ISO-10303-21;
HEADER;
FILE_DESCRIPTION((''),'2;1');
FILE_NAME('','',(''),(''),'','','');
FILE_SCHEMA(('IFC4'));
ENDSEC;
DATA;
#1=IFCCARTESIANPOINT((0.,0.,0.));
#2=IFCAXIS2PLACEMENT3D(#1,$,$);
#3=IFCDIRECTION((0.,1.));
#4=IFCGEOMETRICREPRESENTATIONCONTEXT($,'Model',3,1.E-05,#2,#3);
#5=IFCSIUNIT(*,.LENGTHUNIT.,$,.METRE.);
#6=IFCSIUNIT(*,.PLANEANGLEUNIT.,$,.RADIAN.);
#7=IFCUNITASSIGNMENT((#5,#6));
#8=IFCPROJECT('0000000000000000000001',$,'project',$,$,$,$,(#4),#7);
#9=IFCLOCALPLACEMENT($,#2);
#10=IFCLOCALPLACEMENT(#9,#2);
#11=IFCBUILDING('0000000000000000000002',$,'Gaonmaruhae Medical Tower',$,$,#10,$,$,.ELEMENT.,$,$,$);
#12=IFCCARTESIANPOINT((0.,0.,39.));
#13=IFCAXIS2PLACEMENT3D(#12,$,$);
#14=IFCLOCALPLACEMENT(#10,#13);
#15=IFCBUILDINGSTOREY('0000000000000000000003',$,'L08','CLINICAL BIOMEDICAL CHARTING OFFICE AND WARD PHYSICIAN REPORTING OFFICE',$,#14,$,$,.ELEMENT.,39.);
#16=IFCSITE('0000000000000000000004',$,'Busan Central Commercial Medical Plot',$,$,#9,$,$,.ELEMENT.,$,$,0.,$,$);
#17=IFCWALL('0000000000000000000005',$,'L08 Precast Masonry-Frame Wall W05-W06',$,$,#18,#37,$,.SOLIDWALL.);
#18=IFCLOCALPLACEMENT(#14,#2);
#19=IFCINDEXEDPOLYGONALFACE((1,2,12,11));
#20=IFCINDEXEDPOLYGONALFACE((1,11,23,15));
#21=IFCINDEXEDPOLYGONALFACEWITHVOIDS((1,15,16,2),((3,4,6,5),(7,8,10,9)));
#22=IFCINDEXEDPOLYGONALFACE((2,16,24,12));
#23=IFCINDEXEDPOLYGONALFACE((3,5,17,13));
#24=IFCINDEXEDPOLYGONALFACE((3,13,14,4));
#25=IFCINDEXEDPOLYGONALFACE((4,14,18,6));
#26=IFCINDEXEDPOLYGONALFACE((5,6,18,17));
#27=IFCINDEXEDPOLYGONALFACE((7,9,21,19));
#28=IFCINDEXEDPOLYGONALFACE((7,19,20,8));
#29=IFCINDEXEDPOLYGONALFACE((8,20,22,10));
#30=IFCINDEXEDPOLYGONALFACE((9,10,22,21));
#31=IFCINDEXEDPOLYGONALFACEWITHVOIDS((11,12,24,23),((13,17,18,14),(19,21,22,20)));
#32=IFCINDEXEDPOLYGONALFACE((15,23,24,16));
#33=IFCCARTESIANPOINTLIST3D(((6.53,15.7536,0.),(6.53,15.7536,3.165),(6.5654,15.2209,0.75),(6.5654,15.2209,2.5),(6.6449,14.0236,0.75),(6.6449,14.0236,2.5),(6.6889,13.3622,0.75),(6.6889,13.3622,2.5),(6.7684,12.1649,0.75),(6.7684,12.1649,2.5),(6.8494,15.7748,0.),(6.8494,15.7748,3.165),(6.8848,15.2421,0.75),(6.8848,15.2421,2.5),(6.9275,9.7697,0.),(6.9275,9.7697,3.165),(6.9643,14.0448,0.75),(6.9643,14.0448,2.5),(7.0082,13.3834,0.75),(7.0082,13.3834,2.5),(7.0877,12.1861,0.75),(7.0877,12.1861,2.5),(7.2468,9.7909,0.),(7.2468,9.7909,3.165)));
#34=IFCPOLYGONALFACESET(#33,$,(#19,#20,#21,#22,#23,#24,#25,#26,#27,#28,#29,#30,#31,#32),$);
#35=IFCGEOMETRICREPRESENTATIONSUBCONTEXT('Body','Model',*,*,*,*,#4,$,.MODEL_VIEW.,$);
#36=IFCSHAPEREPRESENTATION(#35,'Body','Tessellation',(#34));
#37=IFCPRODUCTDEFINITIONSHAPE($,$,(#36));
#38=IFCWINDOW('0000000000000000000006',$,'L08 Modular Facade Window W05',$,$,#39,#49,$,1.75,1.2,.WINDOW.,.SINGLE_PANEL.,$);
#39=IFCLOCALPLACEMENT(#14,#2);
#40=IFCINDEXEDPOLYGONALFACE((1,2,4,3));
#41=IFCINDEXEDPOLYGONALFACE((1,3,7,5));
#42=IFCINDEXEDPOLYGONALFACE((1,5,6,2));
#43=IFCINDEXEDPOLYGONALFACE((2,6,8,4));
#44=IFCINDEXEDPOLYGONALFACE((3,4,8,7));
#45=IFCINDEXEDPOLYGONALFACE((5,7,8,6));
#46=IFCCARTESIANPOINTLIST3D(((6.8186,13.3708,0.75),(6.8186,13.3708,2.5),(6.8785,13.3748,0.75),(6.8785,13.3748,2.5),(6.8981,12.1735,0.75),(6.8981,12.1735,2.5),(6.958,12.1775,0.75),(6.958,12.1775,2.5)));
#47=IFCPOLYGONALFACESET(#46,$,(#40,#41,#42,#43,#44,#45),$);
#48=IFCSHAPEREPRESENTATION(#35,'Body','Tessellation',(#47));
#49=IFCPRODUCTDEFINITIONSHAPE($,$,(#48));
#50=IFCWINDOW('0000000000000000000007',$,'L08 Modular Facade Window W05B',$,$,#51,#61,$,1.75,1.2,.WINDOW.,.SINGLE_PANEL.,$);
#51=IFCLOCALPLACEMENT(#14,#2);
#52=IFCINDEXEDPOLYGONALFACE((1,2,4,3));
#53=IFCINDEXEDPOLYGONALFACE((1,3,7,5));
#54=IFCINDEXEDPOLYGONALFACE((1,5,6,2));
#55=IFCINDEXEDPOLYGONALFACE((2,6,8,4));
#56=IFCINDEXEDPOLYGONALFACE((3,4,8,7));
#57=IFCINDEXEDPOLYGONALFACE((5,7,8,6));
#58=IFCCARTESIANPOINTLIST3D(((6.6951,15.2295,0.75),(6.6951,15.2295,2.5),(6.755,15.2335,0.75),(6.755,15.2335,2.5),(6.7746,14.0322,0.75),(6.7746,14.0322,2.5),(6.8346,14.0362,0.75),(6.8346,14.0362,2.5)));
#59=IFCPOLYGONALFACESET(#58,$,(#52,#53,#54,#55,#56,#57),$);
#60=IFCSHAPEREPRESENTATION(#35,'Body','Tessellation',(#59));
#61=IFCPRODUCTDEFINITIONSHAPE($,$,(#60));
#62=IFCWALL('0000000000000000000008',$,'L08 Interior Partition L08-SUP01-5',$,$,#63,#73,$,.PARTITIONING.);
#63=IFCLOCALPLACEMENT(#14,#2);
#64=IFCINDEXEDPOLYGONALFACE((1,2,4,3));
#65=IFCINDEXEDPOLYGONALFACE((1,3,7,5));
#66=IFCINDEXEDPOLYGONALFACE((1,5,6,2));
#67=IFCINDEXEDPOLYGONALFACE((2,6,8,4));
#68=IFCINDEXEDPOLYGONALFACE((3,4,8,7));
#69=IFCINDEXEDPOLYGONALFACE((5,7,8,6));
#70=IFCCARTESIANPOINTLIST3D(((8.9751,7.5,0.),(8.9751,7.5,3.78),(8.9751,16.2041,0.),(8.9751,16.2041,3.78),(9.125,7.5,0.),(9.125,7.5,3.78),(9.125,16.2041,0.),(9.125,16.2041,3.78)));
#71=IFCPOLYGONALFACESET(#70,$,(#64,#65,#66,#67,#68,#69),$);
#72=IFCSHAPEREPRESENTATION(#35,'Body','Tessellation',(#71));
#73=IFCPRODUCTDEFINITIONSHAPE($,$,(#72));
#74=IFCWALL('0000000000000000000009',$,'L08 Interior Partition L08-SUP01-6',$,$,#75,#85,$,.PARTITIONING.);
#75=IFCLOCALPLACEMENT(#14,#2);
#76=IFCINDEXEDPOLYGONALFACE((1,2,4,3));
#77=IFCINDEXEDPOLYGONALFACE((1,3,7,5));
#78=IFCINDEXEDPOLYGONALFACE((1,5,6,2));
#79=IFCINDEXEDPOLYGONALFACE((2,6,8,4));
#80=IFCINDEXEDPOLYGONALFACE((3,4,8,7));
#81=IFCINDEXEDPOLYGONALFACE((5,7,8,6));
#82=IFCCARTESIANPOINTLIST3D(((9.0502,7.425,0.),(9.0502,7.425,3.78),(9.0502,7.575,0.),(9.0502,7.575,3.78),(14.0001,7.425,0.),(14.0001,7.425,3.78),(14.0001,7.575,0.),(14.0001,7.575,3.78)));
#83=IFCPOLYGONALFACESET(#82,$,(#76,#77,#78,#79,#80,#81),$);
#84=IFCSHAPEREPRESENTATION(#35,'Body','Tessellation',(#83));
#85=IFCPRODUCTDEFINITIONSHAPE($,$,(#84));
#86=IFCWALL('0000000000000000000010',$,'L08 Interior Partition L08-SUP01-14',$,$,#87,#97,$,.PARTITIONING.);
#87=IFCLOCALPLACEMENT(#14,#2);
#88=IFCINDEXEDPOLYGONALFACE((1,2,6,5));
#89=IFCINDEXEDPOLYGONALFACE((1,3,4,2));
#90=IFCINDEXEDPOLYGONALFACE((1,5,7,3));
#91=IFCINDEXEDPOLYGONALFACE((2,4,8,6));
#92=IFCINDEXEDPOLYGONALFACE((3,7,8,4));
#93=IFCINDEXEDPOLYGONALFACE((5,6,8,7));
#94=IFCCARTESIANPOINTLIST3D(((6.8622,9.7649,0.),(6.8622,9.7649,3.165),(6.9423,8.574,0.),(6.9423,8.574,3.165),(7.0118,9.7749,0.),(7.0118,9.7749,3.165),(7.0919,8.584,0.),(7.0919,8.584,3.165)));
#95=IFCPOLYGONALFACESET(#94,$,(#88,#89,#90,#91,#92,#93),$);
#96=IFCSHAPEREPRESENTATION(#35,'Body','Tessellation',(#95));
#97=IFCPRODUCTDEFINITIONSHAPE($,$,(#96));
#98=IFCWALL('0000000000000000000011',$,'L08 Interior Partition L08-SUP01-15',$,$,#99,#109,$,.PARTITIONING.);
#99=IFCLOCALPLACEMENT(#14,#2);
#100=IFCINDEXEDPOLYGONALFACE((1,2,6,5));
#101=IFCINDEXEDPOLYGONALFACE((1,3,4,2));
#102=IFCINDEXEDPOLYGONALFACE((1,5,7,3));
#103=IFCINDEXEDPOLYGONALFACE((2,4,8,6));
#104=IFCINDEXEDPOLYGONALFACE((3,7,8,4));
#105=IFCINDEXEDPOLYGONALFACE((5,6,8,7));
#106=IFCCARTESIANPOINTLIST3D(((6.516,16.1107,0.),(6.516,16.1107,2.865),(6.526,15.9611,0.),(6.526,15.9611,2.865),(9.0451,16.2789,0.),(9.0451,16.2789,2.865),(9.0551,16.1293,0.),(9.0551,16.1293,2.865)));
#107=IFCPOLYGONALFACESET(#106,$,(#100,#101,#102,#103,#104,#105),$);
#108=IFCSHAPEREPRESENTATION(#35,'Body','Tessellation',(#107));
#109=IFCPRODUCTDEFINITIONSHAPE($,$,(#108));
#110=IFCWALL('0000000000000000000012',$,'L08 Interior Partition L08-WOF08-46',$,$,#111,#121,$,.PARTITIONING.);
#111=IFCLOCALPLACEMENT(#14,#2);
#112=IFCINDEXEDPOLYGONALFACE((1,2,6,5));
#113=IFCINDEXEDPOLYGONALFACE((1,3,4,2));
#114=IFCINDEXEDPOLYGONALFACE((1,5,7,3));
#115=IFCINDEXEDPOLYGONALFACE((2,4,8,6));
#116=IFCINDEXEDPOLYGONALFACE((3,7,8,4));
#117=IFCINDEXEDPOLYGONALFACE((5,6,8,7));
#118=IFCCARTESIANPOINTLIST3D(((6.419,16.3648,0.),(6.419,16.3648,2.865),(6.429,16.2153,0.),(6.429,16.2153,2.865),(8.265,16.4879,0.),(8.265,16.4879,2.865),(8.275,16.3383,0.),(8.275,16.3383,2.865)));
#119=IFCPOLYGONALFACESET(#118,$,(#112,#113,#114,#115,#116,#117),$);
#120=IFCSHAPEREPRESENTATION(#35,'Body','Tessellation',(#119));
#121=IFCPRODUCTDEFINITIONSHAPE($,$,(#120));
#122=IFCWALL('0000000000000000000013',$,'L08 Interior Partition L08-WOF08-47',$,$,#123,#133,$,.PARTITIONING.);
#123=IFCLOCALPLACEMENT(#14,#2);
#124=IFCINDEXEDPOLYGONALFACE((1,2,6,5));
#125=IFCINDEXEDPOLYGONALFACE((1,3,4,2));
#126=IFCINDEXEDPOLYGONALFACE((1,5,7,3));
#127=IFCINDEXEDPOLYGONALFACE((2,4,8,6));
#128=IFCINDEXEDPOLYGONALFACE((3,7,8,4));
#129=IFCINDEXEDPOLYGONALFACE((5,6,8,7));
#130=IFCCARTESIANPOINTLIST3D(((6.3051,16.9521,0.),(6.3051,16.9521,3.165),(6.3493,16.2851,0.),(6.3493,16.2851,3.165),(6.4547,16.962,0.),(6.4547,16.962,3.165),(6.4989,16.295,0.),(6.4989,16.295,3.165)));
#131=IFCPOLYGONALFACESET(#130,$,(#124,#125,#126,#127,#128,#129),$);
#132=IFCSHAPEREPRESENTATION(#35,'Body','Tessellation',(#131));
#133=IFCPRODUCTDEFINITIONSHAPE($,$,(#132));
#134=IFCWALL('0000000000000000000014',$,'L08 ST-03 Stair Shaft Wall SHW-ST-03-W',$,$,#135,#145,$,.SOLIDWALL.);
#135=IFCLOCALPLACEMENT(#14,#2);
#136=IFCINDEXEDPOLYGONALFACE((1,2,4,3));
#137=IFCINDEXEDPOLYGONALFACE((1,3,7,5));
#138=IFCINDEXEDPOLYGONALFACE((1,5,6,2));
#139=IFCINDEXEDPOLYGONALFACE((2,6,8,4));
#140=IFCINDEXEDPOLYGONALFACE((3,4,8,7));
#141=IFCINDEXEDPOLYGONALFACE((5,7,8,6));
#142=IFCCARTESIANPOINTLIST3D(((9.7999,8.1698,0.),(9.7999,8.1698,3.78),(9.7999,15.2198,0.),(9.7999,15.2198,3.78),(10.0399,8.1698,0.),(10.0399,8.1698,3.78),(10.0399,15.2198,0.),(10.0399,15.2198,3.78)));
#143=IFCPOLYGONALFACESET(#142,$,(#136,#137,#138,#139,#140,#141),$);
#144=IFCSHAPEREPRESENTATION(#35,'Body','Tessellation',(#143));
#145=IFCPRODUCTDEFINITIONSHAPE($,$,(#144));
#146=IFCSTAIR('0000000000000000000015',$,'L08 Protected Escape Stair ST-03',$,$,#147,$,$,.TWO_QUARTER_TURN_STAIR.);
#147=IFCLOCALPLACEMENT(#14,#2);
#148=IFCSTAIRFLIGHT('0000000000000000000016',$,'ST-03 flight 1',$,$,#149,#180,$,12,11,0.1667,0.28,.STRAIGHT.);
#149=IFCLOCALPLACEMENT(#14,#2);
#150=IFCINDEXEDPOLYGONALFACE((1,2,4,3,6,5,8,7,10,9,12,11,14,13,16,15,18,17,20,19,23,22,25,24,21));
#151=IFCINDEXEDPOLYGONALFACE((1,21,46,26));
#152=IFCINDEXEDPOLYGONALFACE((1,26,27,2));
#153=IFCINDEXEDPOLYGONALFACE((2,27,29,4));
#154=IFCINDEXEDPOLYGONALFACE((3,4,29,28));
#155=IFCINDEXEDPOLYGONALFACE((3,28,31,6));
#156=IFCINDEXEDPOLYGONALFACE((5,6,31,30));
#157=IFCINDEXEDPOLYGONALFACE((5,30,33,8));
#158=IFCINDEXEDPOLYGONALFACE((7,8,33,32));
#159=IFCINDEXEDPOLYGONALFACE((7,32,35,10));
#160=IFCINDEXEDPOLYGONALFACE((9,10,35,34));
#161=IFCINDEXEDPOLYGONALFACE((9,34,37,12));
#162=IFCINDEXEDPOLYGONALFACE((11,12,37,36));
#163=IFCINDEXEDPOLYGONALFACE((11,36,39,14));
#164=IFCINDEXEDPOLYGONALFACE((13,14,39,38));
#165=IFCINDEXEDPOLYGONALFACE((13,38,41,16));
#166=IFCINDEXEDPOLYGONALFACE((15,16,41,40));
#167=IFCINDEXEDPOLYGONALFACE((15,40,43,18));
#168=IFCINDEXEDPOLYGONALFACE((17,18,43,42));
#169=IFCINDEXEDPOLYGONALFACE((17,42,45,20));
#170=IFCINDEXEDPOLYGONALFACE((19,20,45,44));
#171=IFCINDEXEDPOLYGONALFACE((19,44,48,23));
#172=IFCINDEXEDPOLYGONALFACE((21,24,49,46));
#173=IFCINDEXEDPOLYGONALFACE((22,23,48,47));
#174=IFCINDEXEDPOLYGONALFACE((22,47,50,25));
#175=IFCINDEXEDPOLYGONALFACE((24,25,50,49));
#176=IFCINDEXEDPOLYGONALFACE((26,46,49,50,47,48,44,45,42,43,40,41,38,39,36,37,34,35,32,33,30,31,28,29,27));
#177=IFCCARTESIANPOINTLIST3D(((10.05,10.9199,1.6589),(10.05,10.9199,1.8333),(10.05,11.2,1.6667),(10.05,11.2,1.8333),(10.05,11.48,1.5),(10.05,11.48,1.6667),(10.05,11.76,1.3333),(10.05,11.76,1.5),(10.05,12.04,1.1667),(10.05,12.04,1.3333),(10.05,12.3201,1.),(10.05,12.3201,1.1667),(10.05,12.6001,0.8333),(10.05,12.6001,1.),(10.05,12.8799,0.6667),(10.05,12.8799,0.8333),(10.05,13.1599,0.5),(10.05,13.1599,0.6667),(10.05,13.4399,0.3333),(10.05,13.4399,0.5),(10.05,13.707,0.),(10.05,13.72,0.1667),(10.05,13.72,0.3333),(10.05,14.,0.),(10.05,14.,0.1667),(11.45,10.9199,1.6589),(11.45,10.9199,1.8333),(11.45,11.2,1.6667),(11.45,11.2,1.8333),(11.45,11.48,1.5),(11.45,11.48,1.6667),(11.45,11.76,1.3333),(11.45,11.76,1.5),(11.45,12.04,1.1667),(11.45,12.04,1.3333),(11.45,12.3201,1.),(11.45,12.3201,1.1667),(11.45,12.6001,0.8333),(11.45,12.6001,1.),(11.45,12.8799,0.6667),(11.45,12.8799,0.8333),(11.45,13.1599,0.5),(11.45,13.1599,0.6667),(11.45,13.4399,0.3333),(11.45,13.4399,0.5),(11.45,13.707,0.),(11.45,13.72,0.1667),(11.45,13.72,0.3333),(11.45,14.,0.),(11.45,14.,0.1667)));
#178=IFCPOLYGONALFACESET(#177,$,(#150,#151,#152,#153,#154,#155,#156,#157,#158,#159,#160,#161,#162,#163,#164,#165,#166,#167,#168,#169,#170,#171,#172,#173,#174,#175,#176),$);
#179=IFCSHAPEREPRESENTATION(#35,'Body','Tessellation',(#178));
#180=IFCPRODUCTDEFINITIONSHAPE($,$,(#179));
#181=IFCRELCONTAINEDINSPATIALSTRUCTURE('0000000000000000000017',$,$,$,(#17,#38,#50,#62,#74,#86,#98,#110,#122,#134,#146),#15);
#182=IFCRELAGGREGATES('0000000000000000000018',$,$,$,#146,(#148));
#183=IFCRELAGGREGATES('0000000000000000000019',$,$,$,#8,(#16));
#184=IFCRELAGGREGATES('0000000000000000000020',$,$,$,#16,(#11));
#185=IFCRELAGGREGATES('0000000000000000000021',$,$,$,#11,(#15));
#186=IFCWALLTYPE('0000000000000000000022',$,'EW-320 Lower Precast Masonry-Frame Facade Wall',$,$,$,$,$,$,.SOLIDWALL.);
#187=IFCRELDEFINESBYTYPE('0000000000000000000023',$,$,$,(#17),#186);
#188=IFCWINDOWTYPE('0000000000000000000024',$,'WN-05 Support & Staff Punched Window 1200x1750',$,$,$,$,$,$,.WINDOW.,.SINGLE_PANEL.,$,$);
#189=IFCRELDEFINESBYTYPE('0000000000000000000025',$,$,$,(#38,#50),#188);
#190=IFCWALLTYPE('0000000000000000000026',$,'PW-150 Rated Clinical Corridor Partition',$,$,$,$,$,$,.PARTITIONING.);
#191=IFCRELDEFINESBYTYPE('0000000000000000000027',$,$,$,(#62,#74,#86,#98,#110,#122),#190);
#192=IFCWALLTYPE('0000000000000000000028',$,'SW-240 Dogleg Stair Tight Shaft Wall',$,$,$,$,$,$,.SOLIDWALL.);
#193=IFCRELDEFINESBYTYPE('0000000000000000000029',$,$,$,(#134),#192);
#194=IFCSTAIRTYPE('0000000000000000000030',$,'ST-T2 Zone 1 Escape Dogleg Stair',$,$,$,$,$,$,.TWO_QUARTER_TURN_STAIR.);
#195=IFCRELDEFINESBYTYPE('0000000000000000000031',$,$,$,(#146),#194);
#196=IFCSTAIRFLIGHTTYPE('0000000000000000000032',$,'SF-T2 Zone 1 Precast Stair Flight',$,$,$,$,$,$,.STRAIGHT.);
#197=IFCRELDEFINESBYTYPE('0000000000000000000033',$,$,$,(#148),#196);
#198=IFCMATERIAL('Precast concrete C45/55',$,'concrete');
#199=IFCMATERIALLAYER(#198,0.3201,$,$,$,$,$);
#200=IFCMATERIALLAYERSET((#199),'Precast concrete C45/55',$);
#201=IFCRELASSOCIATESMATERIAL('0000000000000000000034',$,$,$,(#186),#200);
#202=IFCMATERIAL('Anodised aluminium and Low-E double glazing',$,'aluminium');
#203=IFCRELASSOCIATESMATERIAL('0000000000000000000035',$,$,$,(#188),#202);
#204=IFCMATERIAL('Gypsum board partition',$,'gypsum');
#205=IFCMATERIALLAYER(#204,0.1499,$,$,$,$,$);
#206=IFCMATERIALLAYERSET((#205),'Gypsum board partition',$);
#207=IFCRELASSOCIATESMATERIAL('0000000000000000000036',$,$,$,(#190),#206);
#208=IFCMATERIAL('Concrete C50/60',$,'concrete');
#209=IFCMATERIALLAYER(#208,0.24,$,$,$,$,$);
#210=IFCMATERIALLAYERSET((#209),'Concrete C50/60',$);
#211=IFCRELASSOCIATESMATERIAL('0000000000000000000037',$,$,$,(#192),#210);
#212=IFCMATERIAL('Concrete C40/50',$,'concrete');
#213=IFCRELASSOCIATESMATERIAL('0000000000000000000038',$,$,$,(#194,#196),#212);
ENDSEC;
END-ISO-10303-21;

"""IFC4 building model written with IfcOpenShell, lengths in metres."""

from ifc_helpers import new_model, si_unit, direction, frame, frame_2d, origin, place, context, subcontext, project, spatial, polyline, rectangle, outline, extrude, material, layer, layer_set, type_object, element, fill, aggregate, save


model = new_model("IFC4")

# Units and contexts
model_context = context("Model", 3, precision=1e-05, world=origin(), true_north=direction((0.0, 1.0)))
body_context = subcontext(model_context, "Body", "Model", "MODEL_VIEW")
ifc_project = project(units=[si_unit("LENGTHUNIT", "METRE"), si_unit("PLANEANGLEUNIT", "RADIAN")], contexts=[model_context])

# Site, building, storey
site_placement = place(None, origin())
site = spatial("IfcSite", under=ifc_project, at=site_placement, Name="Busan Central Commercial Medical Plot", CompositionType="ELEMENT", RefElevation=0.0)
building_placement = place(site_placement, origin())
building = spatial("IfcBuilding", under=site, at=building_placement, Name="Gaonmaruhae Medical Tower", CompositionType="ELEMENT")
storey_placement = place(building_placement, frame((0.0, 0.0, 39.0)))
storey = spatial("IfcBuildingStorey", under=building, at=storey_placement, Name="L08", Description="CLINICAL BIOMEDICAL CHARTING OFFICE AND WARD PHYSICIAN REPORTING OFFICE", CompositionType="ELEMENT", Elevation=39.0)

# Wall, openings, windows
ifc_material_1 = material(Name="Precast concrete C45/55", Category="concrete")
ifc_layer_1 = layer(ifc_material_1, 0.3201)
ifc_layer_set_1 = layer_set([ifc_layer_1], Name="Precast concrete C45/55")
wall_type_1 = type_object("IfcWallType", Name="EW-320 Lower Precast Masonry-Frame Facade Wall", PredefinedType="SOLIDWALL", material=ifc_layer_set_1)
wall_1_placement = place(storey_placement, frame((7.0872, 9.7803, 0.0), z_axis=(0.0, 0.0, 1.0), x_axis=(-0.066276, 0.997801, 0.0)))
wall_1 = element("IfcWall", 1, at=wall_1_placement, inside=storey, type_object=wall_type_1, Name="L08 Precast Masonry-Frame Wall W05-W06", PredefinedType="SOLIDWALL", context=body_context, shape_type="SweptSolid", body=[
    extrude(rectangle(XDim=5.9971, YDim=0.3201, at=frame_2d((2.9985, 0.0))), origin(), (0.0, 0.0, 1.0), 3.165),
])
opening_1_placement = place(wall_1_placement, frame((2.4004, 0.0, 0.75)))
opening_1 = element("IfcOpeningElement", 2, at=opening_1_placement, cuts=wall_1, PredefinedType="OPENING", context=body_context, shape_type="SweptSolid", body=[
    extrude(rectangle(XDim=1.2, YDim=1.75, at=frame_2d((0.6001, 0.875))), frame((0.0, 0.1699, 0.0), z_axis=(0.0, -1.0, 0.0), x_axis=(1.0, 0.0, 0.0)), (0.0, 0.0, 1.0), 0.3401),
])
opening_2_placement = place(wall_1_placement, frame((4.2632, 0.0, 0.75)))
opening_2 = element("IfcOpeningElement", 3, at=opening_2_placement, cuts=wall_1, PredefinedType="OPENING", context=body_context, shape_type="SweptSolid", body=[
    extrude(rectangle(XDim=1.2, YDim=1.75, at=frame_2d((0.6001, 0.875))), frame((0.0, 0.1699, 0.0), z_axis=(0.0, -1.0, 0.0), x_axis=(1.0, 0.0, 0.0)), (0.0, 0.0, 1.0), 0.3401),
])
ifc_material_2 = material(Name="Anodised aluminium and Low-E double glazing", Category="aluminium")
window_type = type_object("IfcWindowType", Name="WN-05 Support & Staff Punched Window 1200x1750", PartitioningType="SINGLE_PANEL", PredefinedType="WINDOW", material=ifc_material_2)
window_1_placement = place(opening_1_placement, origin())
window_1 = element("IfcWindow", 4, at=window_1_placement, inside=storey, type_object=window_type, Name="L08 Modular Facade Window W05", OverallHeight=1.75, OverallWidth=1.2, PartitioningType="SINGLE_PANEL", PredefinedType="WINDOW", context=body_context, shape_type="SweptSolid", body=[
    extrude(rectangle(XDim=1.2, YDim=1.75, at=frame_2d((0.6001, 0.875))), frame((0.0, 0.03, 0.0), z_axis=(0.0, -1.0, 0.0), x_axis=(1.0, 0.0, 0.0)), (0.0, 0.0, 1.0), 0.0601),
])
fill(opening_1, window_1)
window_2_placement = place(opening_2_placement, origin())
window_2 = element("IfcWindow", 5, at=window_2_placement, inside=storey, type_object=window_type, Name="L08 Modular Facade Window W05B", OverallHeight=1.75, OverallWidth=1.2, PartitioningType="SINGLE_PANEL", PredefinedType="WINDOW", context=body_context, shape_type="SweptSolid", body=[
    extrude(rectangle(XDim=1.2, YDim=1.75, at=frame_2d((0.6001, 0.875))), frame((0.0, 0.03, 0.0), z_axis=(0.0, -1.0, 0.0), x_axis=(1.0, 0.0, 0.0)), (0.0, 0.0, 1.0), 0.0601),
])
fill(opening_2, window_2)

# Walls
ifc_material_3 = material(Name="Gypsum board partition", Category="gypsum")
ifc_layer_2 = layer(ifc_material_3, 0.1499)
ifc_layer_set_2 = layer_set([ifc_layer_2], Name="Gypsum board partition")
wall_type_2 = type_object("IfcWallType", Name="PW-150 Rated Clinical Corridor Partition", PredefinedType="PARTITIONING", material=ifc_layer_set_2)
wall_2_placement = place(storey_placement, frame((9.05, 16.2041, 0.0), z_axis=(0.0, 0.0, 1.0), x_axis=(0.0, -1.0, 0.0)))
element("IfcWall", 6, at=wall_2_placement, inside=storey, type_object=wall_type_2, Name="L08 Interior Partition L08-SUP01-5", PredefinedType="PARTITIONING", context=body_context, shape_type="SweptSolid", body=[
    extrude(rectangle(XDim=8.7041, YDim=0.1499, at=frame_2d((4.3521, 0.0))), origin(), (0.0, 0.0, 1.0), 3.78),
])
wall_3_placement = place(storey_placement, frame((9.05, 7.5, 0.0), z_axis=(0.0, 0.0, 1.0), x_axis=(1.0, 0.0, 0.0)))
element("IfcWall", 7, at=wall_3_placement, inside=storey, type_object=wall_type_2, Name="L08 Interior Partition L08-SUP01-6", PredefinedType="PARTITIONING", context=body_context, shape_type="SweptSolid", body=[
    extrude(rectangle(XDim=4.95, YDim=0.1499, at=frame_2d((2.4751, 0.0))), origin(), (0.0, 0.0, 1.0), 3.78),
])
wall_4_placement = place(storey_placement, frame((7.0171, 8.5791, 0.0), z_axis=(0.0, 0.0, 1.0), x_axis=(-0.067089, 0.997747, 0.0)))
element("IfcWall", 8, at=wall_4_placement, inside=storey, type_object=wall_type_2, Name="L08 Interior Partition L08-SUP01-14", PredefinedType="PARTITIONING", context=body_context, shape_type="SweptSolid", body=[
    extrude(rectangle(XDim=1.1936, YDim=0.1499, at=frame_2d((0.5967, 0.0))), origin(), (0.0, 0.0, 1.0), 3.165),
])
wall_5_placement = place(storey_placement, frame((6.521, 16.0359, 0.0), z_axis=(0.0, 0.0, 1.0), x_axis=(0.997795, 0.066366, 0.0)))
element("IfcWall", 9, at=wall_5_placement, inside=storey, type_object=wall_type_2, Name="L08 Interior Partition L08-SUP01-15", PredefinedType="PARTITIONING", context=body_context, shape_type="SweptSolid", body=[
    extrude(rectangle(XDim=2.5347, YDim=0.1499, at=frame_2d((1.2673, 0.0))), origin(), (0.0, 0.0, 1.0), 2.865),
])
wall_6_placement = place(storey_placement, frame((8.27, 16.4131, 0.0), z_axis=(0.0, 0.0, 1.0), x_axis=(-0.997786, -0.06651, 0.0)))
element("IfcWall", 10, at=wall_6_placement, inside=storey, type_object=wall_type_2, Name="L08 Interior Partition L08-WOF08-46", PredefinedType="PARTITIONING", context=body_context, shape_type="SweptSolid", body=[
    extrude(rectangle(XDim=1.8501, YDim=0.1499, at=frame_2d((0.925, 0.0))), origin(), (0.0, 0.0, 1.0), 2.865),
])
wall_7_placement = place(storey_placement, frame((6.4241, 16.29, 0.0), z_axis=(0.0, 0.0, 1.0), x_axis=(-0.066107, 0.997813, 0.0)))
element("IfcWall", 11, at=wall_7_placement, inside=storey, type_object=wall_type_2, Name="L08 Interior Partition L08-WOF08-47", PredefinedType="PARTITIONING", context=body_context, shape_type="SweptSolid", body=[
    extrude(rectangle(XDim=0.6685, YDim=0.1499, at=frame_2d((0.3342, 0.0))), origin(), (0.0, 0.0, 1.0), 3.165),
])

# Shared definitions
ifc_material_4 = material(Name="Concrete C50/60", Category="concrete")
ifc_layer_3 = layer(ifc_material_4, 0.24)
ifc_layer_set_3 = layer_set([ifc_layer_3], Name="Concrete C50/60")
wall_type_3 = type_object("IfcWallType", Name="SW-240 Dogleg Stair Tight Shaft Wall", PredefinedType="SOLIDWALL", material=ifc_layer_set_3)

# Wall
wall_8_placement = place(storey_placement, frame((9.9199, 8.1699, 0.0), z_axis=(0.0, 0.0, 1.0), x_axis=(0.0, 1.0, 0.0)))
element("IfcWall", 12, at=wall_8_placement, inside=storey, type_object=wall_type_3, Name="L08 ST-03 Stair Shaft Wall SHW-ST-03-W", PredefinedType="SOLIDWALL", context=body_context, shape_type="SweptSolid", body=[
    extrude(rectangle(XDim=7.05, YDim=0.24, at=frame_2d((3.5249, 0.0))), origin(), (0.0, 0.0, 1.0), 3.78),
])

# Stair, stair flight
ifc_material_5 = material(Name="Concrete C40/50", Category="concrete")
stair_type = type_object("IfcStairType", Name="ST-T2 Zone 1 Escape Dogleg Stair", PredefinedType="TWO_QUARTER_TURN_STAIR", material=ifc_material_5)
stair_placement = place(storey_placement, origin())
stair = element("IfcStair", 13, at=stair_placement, inside=storey, type_object=stair_type, Name="L08 Protected Escape Stair ST-03", PredefinedType="TWO_QUARTER_TURN_STAIR")
stair_flight_type = type_object("IfcStairFlightType", Name="SF-T2 Zone 1 Precast Stair Flight", PredefinedType="STRAIGHT", material=ifc_material_5)
stair_flight_placement = place(storey_placement, frame((10.75, 14.0, 0.0), z_axis=(0.0, 0.0, 1.0), x_axis=(0.0, -1.0, 0.0)))
stair_flight = element("IfcStairFlight", 14, at=stair_flight_placement, type_object=stair_flight_type, Name="ST-03 flight 1", NumberOfRisers=12, NumberOfTreads=11, PredefinedType="STRAIGHT", RiserHeight=0.1667, TreadLength=0.28, context=body_context, shape_type="SweptSolid", body=[
    extrude(outline(polyline([(0.0, 0.0), (0.0, 0.1667), (0.28, 0.1667), (0.28, 0.3333), (0.5601, 0.3333), (0.5601, 0.5), (0.8401, 0.5), (0.8401, 0.6667), (1.1201, 0.6667), (1.1201, 0.8333), (1.3999, 0.8333), (1.3999, 1.0), (1.6799, 1.0), (1.6799, 1.1667), (1.96, 1.1667), (1.96, 1.3333), (2.24, 1.3333), (2.24, 1.5), (2.52, 1.5), (2.52, 1.6667), (2.8, 1.6667), (2.8, 1.8333), (3.0801, 1.8333), (3.0801, 2.0), (3.0801, 1.6589), (0.293, 0.0), (0.0, 0.0)])), frame((0.0, 0.7, 0.0), z_axis=(0.0, -1.0, 0.0), x_axis=(1.0, 0.0, 0.0)), (0.0, 0.0, 1.0), 1.3999),
])
aggregate(stair, [stair_flight])

save(model, "model.ifc")
